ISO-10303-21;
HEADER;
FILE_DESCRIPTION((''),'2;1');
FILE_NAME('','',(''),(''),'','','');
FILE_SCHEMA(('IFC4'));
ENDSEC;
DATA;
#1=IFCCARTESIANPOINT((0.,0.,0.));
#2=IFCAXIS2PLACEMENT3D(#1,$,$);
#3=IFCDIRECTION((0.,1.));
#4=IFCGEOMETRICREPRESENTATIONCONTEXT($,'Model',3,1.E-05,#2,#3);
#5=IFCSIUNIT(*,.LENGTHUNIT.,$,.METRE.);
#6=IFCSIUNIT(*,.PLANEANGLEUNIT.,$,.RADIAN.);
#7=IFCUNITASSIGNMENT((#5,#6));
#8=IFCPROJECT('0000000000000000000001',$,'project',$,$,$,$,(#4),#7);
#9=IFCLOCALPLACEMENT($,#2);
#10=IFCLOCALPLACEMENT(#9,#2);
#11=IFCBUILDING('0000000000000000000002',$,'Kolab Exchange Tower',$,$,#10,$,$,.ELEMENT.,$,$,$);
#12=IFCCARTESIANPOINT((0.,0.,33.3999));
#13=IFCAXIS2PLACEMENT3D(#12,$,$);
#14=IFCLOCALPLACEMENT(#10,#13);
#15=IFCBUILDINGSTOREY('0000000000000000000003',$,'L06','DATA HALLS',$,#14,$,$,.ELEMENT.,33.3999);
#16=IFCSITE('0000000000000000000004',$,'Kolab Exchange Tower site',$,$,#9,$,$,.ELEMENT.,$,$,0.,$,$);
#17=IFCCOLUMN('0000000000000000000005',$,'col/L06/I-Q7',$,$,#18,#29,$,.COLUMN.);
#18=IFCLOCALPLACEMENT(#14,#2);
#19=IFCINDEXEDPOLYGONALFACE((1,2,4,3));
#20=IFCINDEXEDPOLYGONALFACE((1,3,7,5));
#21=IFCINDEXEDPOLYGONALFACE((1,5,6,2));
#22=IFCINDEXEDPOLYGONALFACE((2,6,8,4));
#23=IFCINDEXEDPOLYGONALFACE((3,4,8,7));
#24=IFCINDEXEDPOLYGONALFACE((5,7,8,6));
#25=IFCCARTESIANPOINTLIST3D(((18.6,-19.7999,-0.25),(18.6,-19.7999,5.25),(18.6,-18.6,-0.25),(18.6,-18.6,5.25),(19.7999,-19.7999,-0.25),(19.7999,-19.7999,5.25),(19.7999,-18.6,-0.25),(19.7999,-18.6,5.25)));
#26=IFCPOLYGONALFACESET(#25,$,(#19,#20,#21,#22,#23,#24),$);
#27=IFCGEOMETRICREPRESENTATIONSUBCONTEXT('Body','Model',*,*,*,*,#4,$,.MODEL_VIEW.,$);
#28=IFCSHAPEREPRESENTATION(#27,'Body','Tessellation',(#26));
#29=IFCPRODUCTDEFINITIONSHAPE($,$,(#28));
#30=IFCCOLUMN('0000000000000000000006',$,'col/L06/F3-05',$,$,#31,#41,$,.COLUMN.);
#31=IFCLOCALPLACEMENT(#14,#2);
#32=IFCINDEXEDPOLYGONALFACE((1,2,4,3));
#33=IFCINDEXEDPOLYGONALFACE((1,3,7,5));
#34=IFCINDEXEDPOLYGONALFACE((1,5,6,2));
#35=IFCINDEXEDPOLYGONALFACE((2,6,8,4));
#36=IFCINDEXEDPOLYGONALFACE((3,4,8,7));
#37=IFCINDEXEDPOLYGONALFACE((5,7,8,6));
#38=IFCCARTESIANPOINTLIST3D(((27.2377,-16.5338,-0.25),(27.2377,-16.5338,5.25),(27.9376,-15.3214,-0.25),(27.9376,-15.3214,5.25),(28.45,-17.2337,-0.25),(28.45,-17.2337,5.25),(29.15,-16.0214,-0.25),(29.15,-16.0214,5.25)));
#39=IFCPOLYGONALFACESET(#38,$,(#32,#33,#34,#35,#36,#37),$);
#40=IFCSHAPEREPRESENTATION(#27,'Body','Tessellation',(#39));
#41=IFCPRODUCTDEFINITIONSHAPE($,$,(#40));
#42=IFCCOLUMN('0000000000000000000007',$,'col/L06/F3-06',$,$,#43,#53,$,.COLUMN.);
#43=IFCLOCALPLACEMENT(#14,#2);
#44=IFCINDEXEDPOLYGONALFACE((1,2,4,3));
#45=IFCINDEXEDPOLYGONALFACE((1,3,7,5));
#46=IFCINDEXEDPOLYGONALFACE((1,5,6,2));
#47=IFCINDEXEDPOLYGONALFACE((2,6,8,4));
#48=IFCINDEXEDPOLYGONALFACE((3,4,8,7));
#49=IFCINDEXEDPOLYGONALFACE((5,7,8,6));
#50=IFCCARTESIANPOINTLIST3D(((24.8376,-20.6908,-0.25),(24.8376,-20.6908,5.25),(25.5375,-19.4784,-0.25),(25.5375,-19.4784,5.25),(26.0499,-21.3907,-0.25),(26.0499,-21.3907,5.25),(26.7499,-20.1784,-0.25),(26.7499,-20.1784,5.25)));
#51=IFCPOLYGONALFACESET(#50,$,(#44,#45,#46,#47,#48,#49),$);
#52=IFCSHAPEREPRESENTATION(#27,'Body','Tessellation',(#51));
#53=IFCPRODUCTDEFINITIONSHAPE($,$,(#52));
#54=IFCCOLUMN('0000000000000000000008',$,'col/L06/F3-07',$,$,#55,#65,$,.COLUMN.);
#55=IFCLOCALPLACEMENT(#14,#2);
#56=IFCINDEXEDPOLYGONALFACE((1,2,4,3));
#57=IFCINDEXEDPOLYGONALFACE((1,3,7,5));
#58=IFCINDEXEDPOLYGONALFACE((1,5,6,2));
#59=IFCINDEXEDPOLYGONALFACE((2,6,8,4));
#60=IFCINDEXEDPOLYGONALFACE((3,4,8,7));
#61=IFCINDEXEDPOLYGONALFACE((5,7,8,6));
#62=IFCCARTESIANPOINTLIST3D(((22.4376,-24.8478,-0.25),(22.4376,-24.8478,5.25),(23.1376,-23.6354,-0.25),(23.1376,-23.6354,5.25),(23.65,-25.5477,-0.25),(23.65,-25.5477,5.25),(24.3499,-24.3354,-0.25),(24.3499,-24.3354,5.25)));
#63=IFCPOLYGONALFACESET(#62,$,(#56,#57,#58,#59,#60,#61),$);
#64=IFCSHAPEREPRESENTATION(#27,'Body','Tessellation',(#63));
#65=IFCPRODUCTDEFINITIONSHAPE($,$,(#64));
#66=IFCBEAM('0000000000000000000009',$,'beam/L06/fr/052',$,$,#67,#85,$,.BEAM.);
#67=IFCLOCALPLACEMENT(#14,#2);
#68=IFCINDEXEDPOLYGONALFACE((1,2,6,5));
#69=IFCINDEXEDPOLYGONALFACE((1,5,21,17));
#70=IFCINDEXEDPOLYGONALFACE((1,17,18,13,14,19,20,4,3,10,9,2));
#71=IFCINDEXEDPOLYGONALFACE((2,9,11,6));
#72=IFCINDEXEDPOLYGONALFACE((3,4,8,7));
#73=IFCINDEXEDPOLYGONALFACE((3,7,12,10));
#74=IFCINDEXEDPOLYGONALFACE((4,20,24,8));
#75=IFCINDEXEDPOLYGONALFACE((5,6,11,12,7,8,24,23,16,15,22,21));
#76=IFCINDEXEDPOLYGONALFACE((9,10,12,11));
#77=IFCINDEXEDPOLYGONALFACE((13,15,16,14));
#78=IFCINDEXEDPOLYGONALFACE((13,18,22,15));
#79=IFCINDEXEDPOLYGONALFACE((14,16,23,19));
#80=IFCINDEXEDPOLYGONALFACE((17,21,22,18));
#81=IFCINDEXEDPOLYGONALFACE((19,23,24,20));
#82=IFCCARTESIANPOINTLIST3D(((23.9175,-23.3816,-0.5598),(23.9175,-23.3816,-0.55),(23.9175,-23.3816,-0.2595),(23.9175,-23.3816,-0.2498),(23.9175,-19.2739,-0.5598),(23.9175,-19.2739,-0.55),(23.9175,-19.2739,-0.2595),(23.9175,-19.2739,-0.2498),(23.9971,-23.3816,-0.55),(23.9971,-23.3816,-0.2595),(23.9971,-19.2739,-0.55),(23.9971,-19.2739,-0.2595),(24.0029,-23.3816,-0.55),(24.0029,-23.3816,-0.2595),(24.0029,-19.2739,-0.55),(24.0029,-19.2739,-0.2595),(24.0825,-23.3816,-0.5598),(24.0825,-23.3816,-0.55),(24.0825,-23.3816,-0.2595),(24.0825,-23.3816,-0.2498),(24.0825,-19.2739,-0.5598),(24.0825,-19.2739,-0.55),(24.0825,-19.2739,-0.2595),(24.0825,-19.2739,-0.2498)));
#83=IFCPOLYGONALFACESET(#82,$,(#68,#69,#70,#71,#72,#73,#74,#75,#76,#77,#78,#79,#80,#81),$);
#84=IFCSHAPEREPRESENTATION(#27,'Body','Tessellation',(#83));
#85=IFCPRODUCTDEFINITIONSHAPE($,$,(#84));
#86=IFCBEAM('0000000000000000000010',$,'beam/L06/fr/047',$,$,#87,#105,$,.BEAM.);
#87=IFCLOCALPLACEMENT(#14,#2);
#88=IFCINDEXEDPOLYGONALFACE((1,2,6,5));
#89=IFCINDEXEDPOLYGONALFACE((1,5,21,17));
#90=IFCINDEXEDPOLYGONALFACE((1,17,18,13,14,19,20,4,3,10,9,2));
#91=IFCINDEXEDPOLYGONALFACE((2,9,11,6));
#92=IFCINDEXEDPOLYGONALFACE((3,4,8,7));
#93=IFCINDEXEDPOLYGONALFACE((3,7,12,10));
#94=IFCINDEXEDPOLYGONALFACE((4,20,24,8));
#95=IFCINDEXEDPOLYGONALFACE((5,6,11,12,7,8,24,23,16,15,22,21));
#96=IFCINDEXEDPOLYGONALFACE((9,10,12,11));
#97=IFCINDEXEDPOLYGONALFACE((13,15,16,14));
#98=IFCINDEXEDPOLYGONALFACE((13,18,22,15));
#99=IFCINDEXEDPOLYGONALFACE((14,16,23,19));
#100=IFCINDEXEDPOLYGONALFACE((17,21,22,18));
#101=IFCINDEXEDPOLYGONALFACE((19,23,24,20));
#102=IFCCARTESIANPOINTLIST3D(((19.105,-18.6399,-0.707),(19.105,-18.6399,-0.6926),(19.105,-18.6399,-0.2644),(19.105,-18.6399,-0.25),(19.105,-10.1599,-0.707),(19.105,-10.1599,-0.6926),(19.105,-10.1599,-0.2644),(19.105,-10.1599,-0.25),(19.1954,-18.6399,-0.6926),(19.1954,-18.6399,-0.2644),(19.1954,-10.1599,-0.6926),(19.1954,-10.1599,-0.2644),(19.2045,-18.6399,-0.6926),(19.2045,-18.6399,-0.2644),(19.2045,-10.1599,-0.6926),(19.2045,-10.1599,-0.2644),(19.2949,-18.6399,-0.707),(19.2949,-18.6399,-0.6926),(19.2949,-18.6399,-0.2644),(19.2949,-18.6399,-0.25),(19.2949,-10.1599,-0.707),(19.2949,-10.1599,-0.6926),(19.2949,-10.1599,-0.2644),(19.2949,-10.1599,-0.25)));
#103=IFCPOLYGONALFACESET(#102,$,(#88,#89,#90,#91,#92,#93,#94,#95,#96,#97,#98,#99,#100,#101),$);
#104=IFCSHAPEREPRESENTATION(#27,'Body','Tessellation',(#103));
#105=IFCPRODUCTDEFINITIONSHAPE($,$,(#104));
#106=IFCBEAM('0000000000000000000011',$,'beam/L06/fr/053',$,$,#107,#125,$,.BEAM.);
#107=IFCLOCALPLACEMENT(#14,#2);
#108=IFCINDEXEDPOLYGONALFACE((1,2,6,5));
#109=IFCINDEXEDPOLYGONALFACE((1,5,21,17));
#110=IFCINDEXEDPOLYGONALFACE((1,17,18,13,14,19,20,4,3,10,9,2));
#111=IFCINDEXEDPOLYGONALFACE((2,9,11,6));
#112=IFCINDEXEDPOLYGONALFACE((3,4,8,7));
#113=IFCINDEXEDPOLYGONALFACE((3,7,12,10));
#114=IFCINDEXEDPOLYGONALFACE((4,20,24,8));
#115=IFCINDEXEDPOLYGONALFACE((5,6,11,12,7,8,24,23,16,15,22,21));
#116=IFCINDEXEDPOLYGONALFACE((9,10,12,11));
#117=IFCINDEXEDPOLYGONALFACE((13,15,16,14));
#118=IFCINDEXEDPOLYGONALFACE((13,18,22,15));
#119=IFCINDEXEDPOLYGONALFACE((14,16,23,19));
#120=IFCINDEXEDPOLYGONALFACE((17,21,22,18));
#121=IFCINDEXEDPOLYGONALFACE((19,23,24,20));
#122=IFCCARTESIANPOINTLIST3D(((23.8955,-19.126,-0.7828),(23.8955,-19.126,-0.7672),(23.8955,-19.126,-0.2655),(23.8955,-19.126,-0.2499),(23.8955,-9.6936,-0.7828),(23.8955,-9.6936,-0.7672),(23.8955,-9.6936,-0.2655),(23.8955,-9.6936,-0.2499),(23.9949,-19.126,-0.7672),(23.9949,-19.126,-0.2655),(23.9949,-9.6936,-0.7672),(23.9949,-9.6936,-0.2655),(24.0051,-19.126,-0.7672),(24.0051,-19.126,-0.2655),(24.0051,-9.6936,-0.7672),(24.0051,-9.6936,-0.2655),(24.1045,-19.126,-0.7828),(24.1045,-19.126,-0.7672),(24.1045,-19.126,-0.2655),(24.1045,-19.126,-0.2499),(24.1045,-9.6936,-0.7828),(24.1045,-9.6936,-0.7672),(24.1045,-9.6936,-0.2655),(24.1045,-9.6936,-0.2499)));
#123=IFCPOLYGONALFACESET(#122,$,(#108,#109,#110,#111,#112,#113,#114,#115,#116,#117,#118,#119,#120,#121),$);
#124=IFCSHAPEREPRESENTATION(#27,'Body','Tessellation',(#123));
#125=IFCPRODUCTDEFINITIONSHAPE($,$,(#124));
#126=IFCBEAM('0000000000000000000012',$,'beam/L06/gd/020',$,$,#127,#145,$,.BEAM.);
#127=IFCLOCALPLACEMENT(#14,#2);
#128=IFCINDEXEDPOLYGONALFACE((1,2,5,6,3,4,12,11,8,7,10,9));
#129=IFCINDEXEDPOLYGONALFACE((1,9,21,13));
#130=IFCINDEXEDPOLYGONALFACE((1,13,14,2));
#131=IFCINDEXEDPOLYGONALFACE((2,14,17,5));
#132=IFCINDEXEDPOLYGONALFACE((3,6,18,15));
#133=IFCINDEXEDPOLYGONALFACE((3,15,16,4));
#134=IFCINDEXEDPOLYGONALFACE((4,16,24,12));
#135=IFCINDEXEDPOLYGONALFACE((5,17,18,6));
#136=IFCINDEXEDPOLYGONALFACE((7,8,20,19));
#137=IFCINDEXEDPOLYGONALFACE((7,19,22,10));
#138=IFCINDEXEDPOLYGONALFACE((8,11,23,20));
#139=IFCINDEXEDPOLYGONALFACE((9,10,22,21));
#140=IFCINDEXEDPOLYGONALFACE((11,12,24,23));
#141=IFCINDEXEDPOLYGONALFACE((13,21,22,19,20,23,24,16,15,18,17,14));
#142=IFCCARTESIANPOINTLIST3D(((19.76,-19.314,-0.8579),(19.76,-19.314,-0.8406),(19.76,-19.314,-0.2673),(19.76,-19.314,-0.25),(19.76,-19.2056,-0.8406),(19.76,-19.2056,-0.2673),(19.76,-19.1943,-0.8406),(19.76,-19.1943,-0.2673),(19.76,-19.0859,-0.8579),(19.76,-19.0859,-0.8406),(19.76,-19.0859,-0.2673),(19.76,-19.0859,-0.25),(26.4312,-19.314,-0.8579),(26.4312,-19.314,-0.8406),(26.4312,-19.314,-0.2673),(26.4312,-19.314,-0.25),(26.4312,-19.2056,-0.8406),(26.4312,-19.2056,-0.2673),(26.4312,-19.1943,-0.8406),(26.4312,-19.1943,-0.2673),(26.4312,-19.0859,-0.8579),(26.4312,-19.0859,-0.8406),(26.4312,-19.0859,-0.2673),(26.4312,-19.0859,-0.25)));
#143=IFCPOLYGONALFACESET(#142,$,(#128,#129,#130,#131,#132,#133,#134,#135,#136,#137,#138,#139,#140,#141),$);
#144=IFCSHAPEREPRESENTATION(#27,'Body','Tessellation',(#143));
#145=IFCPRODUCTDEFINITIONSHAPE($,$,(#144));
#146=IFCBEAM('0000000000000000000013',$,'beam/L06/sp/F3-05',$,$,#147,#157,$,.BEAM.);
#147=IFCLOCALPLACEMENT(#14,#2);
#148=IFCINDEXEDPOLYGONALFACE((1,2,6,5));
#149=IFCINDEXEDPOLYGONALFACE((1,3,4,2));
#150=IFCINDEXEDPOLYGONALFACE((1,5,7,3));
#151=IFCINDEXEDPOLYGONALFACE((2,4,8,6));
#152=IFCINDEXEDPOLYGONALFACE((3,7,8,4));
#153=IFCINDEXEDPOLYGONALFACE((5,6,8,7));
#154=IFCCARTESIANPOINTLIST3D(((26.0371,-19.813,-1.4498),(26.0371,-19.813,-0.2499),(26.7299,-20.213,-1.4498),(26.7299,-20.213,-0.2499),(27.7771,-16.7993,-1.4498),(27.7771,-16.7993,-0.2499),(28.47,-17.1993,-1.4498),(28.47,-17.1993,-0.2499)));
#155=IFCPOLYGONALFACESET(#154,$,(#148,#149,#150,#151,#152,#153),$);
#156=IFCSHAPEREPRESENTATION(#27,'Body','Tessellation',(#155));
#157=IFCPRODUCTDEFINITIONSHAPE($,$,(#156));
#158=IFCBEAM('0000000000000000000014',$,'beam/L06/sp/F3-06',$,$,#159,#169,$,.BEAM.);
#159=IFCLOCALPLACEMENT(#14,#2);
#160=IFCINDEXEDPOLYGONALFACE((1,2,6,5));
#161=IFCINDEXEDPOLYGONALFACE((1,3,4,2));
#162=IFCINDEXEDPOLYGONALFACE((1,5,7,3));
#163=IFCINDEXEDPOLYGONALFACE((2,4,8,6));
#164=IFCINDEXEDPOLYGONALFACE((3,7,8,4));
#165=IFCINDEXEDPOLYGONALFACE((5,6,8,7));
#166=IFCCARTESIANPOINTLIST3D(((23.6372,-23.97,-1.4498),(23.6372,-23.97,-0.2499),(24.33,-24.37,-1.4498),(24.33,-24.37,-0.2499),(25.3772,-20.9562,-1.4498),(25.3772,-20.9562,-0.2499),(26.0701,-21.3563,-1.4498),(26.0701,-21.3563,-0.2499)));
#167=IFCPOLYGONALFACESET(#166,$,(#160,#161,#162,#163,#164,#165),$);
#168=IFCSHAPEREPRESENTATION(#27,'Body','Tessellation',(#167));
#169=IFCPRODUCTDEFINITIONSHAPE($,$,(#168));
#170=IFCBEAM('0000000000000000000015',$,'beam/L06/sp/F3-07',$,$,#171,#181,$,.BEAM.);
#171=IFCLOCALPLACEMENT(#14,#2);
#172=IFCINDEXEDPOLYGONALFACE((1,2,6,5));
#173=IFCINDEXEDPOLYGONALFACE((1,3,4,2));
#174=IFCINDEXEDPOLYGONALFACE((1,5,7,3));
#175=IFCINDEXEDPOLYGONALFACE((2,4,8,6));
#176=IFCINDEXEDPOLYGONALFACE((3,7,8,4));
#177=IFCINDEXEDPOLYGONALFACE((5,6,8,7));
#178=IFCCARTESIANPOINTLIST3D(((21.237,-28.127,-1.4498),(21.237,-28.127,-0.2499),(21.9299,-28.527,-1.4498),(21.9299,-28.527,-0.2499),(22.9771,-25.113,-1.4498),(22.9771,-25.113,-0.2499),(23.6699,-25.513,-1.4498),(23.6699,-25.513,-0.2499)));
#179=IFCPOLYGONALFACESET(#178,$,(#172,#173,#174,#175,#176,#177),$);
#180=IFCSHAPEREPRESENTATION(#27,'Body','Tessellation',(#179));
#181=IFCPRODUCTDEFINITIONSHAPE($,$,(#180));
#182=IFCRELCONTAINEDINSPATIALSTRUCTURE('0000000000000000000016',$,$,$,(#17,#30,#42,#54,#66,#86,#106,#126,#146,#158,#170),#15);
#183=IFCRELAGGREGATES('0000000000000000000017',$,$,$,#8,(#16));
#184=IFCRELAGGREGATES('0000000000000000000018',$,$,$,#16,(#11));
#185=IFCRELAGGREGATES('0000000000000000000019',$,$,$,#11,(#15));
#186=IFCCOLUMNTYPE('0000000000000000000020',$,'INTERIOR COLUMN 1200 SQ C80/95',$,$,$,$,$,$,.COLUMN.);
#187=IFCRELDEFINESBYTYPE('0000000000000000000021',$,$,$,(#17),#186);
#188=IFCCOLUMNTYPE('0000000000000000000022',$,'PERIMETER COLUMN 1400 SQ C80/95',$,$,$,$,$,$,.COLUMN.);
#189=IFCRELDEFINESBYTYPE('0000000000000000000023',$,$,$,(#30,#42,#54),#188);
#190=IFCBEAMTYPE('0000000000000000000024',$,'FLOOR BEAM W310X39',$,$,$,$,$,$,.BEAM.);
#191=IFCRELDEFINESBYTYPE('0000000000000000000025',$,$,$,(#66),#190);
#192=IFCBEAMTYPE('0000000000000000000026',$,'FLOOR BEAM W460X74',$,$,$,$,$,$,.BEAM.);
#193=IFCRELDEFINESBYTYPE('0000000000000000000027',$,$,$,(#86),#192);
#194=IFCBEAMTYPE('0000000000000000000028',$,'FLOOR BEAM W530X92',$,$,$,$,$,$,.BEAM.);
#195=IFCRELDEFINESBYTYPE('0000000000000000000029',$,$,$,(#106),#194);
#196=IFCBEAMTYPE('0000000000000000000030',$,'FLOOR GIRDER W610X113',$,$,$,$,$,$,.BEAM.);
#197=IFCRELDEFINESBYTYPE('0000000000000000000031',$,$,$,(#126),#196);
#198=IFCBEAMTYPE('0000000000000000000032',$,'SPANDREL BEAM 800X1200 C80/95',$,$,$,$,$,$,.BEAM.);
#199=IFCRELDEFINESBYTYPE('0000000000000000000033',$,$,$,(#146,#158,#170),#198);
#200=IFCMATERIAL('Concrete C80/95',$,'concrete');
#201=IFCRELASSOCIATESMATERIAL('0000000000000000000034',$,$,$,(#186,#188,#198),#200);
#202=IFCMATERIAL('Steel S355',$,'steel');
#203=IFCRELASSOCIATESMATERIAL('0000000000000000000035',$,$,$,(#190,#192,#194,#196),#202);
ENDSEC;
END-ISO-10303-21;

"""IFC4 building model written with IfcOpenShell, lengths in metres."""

from ifc_helpers import new_model, si_unit, direction, frame, origin, origin_2d, place, context, subcontext, project, spatial, rectangle, i_section, extrude, material, material_profile, profile_set, type_object, element, save


model = new_model("IFC4")

# Units and contexts
model_context = context("Model", 3, precision=1e-05, world=origin(), true_north=direction((0.0, 1.0)))
body_context = subcontext(model_context, "Body", "Model", "MODEL_VIEW")
ifc_project = project(units=[si_unit("LENGTHUNIT", "METRE"), si_unit("PLANEANGLEUNIT", "RADIAN")], contexts=[model_context])

# Site, building, storey
site_placement = place(None, origin())
site = spatial("IfcSite", under=ifc_project, at=site_placement, Name="Kolab Exchange Tower site", CompositionType="ELEMENT", RefElevation=0.0)
building_placement = place(site_placement, origin())
building = spatial("IfcBuilding", under=site, at=building_placement, Name="Kolab Exchange Tower", CompositionType="ELEMENT")
storey_placement = place(building_placement, frame((0.0, 0.0, 33.3999)))
storey = spatial("IfcBuildingStorey", under=building, at=storey_placement, Name="L06", Description="DATA HALLS", CompositionType="ELEMENT", Elevation=33.3999)

# Columns
ifc_material_1 = material(Name="Concrete C80/95", Category="concrete")
ifc_material_profile_1 = material_profile(ifc_material_1, rectangle(XDim=1.2, YDim=1.2, at=origin_2d()), Name="RC1200")
ifc_profile_set_1 = profile_set([ifc_material_profile_1], Name="Concrete C80/95")
column_type_1 = type_object("IfcColumnType", Name="INTERIOR COLUMN 1200 SQ C80/95", PredefinedType="COLUMN", material=ifc_profile_set_1)
column_placement = place(storey_placement, frame((19.2, -19.2, -0.25), z_axis=(0.0, 0.0, 1.0), x_axis=(1.0, 0.0, 0.0)))
element("IfcColumn", 1, at=column_placement, inside=storey, type_object=column_type_1, Name="col/L06/I-Q7", PredefinedType="COLUMN", context=body_context, shape_type="SweptSolid", body=[
    extrude(rectangle(XDim=1.2, YDim=1.2, at=origin_2d()), origin(), (0.0, 0.0, 1.0), 5.5),
])
ifc_material_profile_2 = material_profile(ifc_material_1, rectangle(XDim=1.3999, YDim=1.3999, at=origin_2d()), Name="RC1400")
ifc_profile_set_2 = profile_set([ifc_material_profile_2], Name="Concrete C80/95")
column_type_2 = type_object("IfcColumnType", Name="PERIMETER COLUMN 1400 SQ C80/95", PredefinedType="COLUMN", material=ifc_profile_set_2)
for number, where, z_axis, x_axis, name in (
    (2, (28.1938, -16.2776, -0.25), (0.0, 0.0, 1.0), (0.5, 0.866025, 0.0), "col/L06/F3-05"),
    (3, (25.7937, -20.4346, -0.25), (0.0, 0.0, 1.0), (0.5, 0.866025, 0.0), "col/L06/F3-06"),
    (4, (23.3938, -24.5916, -0.25), (0.0, 0.0, 1.0), (0.5, 0.866025, 0.0), "col/L06/F3-07"),
):
    element("IfcColumn", number, at=place(storey_placement, frame(where, z_axis=z_axis, x_axis=x_axis)), inside=storey, type_object=column_type_2, Name=name, PredefinedType="COLUMN", context=body_context, shape_type="SweptSolid", body=[
        extrude(rectangle(XDim=1.3999, YDim=1.3999, at=origin_2d()), origin(), (0.0, 0.0, 1.0), 5.5),
    ])

# Beams
ifc_material_2 = material(Name="Steel S355", Category="steel")
ifc_material_profile_3 = material_profile(ifc_material_2, i_section(OverallWidth=0.165, OverallDepth=0.3101, WebThickness=0.0059, FlangeThickness=0.0098, at=origin_2d()), Name="W310X39")
ifc_profile_set_3 = profile_set([ifc_material_profile_3], Name="Steel S355")
beam_type_1 = type_object("IfcBeamType", Name="FLOOR BEAM W310X39", PredefinedType="BEAM", material=ifc_profile_set_3)
beam_1_placement = place(storey_placement, frame((24.0, -23.3816, -0.4048), z_axis=(0.0, 1.0, 0.0), x_axis=(-1.0, 0.0, 0.0)))
element("IfcBeam", 5, at=beam_1_placement, inside=storey, type_object=beam_type_1, Name="beam/L06/fr/052", PredefinedType="BEAM", context=body_context, shape_type="SweptSolid", body=[
    extrude(i_section(OverallWidth=0.165, OverallDepth=0.3101, WebThickness=0.0059, FlangeThickness=0.0098, at=origin_2d()), origin(), (0.0, 0.0, 1.0), 4.1077),
])
ifc_material_profile_4 = material_profile(ifc_material_2, i_section(OverallWidth=0.1899, OverallDepth=0.457, WebThickness=0.009, FlangeThickness=0.0144, at=origin_2d()), Name="W460X74")
ifc_profile_set_4 = profile_set([ifc_material_profile_4], Name="Steel S355")
beam_type_2 = type_object("IfcBeamType", Name="FLOOR BEAM W460X74", PredefinedType="BEAM", material=ifc_profile_set_4)
beam_2_placement = place(storey_placement, frame((19.2, -18.6399, -0.4785), z_axis=(0.0, 1.0, 0.0), x_axis=(-1.0, 0.0, 0.0)))
element("IfcBeam", 6, at=beam_2_placement, inside=storey, type_object=beam_type_2, Name="beam/L06/fr/047", PredefinedType="BEAM", context=body_context, shape_type="SweptSolid", body=[
    extrude(i_section(OverallWidth=0.1899, OverallDepth=0.457, WebThickness=0.009, FlangeThickness=0.0144, at=origin_2d()), origin(), (0.0, 0.0, 1.0), 8.48),
])
ifc_material_profile_5 = material_profile(ifc_material_2, i_section(OverallWidth=0.209, OverallDepth=0.533, WebThickness=0.0103, FlangeThickness=0.0156, at=origin_2d()), Name="W530X92")
ifc_profile_set_5 = profile_set([ifc_material_profile_5], Name="Steel S355")
beam_type_3 = type_object("IfcBeamType", Name="FLOOR BEAM W530X92", PredefinedType="BEAM", material=ifc_profile_set_5)
beam_3_placement = place(storey_placement, frame((24.0, -19.126, -0.5164), z_axis=(0.0, 1.0, 0.0), x_axis=(-1.0, 0.0, 0.0)))
element("IfcBeam", 7, at=beam_3_placement, inside=storey, type_object=beam_type_3, Name="beam/L06/fr/053", PredefinedType="BEAM", context=body_context, shape_type="SweptSolid", body=[
    extrude(i_section(OverallWidth=0.209, OverallDepth=0.533, WebThickness=0.0103, FlangeThickness=0.0156, at=origin_2d()), origin(), (0.0, 0.0, 1.0), 9.4324),
])
ifc_material_profile_6 = material_profile(ifc_material_2, i_section(OverallWidth=0.228, OverallDepth=0.6079, WebThickness=0.0112, FlangeThickness=0.0173, at=origin_2d()), Name="W610X113")
ifc_profile_set_6 = profile_set([ifc_material_profile_6], Name="Steel S355")
beam_type_4 = type_object("IfcBeamType", Name="FLOOR GIRDER W610X113", PredefinedType="BEAM", material=ifc_profile_set_6)
beam_4_placement = place(storey_placement, frame((19.76, -19.2, -0.554), z_axis=(1.0, 0.0, 0.0), x_axis=(0.0, 1.0, 0.0)))
element("IfcBeam", 8, at=beam_4_placement, inside=storey, type_object=beam_type_4, Name="beam/L06/gd/020", PredefinedType="BEAM", context=body_context, shape_type="SweptSolid", body=[
    extrude(i_section(OverallWidth=0.228, OverallDepth=0.6079, WebThickness=0.0112, FlangeThickness=0.0173, at=origin_2d()), origin(), (0.0, 0.0, 1.0), 6.6711),
])
ifc_material_profile_7 = material_profile(ifc_material_1, rectangle(XDim=0.8, YDim=1.2, at=origin_2d()), Name="RC800X1200")
ifc_profile_set_7 = profile_set([ifc_material_profile_7], Name="Concrete C80/95")
beam_type_5 = type_object("IfcBeamType", Name="SPANDREL BEAM 800X1200 C80/95", PredefinedType="BEAM", material=ifc_profile_set_7)
for number, where, z_axis, x_axis, name in (
    (9, (28.1235, -16.9993, -0.8499), (-0.50001, -0.86602, 0.0), (0.86602, -0.50001, 0.0), "beam/L06/sp/F3-05"),
    (10, (25.7236, -21.1562, -0.8499), (-0.50001, -0.86602, 0.0), (0.86602, -0.50001, 0.0), "beam/L06/sp/F3-06"),
):
    element("IfcBeam", number, at=place(storey_placement, frame(where, z_axis=z_axis, x_axis=x_axis)), inside=storey, type_object=beam_type_5, Name=name, PredefinedType="BEAM", context=body_context, shape_type="SweptSolid", body=[
        extrude(rectangle(XDim=0.8, YDim=1.2, at=origin_2d()), origin(), (0.0, 0.0, 1.0), 3.48),
    ])
beam_5_placement = place(storey_placement, frame((23.3235, -25.313, -0.8499), z_axis=(-0.49998, -0.866037, 0.0), x_axis=(0.866037, -0.49998, 0.0)))
element("IfcBeam", 11, at=beam_5_placement, inside=storey, type_object=beam_type_5, Name="beam/L06/sp/F3-07", PredefinedType="BEAM", context=body_context, shape_type="SweptSolid", body=[
    extrude(rectangle(XDim=0.8, YDim=1.2, at=origin_2d()), origin(), (0.0, 0.0, 1.0), 3.4802),
])

save(model, "model.ifc")
